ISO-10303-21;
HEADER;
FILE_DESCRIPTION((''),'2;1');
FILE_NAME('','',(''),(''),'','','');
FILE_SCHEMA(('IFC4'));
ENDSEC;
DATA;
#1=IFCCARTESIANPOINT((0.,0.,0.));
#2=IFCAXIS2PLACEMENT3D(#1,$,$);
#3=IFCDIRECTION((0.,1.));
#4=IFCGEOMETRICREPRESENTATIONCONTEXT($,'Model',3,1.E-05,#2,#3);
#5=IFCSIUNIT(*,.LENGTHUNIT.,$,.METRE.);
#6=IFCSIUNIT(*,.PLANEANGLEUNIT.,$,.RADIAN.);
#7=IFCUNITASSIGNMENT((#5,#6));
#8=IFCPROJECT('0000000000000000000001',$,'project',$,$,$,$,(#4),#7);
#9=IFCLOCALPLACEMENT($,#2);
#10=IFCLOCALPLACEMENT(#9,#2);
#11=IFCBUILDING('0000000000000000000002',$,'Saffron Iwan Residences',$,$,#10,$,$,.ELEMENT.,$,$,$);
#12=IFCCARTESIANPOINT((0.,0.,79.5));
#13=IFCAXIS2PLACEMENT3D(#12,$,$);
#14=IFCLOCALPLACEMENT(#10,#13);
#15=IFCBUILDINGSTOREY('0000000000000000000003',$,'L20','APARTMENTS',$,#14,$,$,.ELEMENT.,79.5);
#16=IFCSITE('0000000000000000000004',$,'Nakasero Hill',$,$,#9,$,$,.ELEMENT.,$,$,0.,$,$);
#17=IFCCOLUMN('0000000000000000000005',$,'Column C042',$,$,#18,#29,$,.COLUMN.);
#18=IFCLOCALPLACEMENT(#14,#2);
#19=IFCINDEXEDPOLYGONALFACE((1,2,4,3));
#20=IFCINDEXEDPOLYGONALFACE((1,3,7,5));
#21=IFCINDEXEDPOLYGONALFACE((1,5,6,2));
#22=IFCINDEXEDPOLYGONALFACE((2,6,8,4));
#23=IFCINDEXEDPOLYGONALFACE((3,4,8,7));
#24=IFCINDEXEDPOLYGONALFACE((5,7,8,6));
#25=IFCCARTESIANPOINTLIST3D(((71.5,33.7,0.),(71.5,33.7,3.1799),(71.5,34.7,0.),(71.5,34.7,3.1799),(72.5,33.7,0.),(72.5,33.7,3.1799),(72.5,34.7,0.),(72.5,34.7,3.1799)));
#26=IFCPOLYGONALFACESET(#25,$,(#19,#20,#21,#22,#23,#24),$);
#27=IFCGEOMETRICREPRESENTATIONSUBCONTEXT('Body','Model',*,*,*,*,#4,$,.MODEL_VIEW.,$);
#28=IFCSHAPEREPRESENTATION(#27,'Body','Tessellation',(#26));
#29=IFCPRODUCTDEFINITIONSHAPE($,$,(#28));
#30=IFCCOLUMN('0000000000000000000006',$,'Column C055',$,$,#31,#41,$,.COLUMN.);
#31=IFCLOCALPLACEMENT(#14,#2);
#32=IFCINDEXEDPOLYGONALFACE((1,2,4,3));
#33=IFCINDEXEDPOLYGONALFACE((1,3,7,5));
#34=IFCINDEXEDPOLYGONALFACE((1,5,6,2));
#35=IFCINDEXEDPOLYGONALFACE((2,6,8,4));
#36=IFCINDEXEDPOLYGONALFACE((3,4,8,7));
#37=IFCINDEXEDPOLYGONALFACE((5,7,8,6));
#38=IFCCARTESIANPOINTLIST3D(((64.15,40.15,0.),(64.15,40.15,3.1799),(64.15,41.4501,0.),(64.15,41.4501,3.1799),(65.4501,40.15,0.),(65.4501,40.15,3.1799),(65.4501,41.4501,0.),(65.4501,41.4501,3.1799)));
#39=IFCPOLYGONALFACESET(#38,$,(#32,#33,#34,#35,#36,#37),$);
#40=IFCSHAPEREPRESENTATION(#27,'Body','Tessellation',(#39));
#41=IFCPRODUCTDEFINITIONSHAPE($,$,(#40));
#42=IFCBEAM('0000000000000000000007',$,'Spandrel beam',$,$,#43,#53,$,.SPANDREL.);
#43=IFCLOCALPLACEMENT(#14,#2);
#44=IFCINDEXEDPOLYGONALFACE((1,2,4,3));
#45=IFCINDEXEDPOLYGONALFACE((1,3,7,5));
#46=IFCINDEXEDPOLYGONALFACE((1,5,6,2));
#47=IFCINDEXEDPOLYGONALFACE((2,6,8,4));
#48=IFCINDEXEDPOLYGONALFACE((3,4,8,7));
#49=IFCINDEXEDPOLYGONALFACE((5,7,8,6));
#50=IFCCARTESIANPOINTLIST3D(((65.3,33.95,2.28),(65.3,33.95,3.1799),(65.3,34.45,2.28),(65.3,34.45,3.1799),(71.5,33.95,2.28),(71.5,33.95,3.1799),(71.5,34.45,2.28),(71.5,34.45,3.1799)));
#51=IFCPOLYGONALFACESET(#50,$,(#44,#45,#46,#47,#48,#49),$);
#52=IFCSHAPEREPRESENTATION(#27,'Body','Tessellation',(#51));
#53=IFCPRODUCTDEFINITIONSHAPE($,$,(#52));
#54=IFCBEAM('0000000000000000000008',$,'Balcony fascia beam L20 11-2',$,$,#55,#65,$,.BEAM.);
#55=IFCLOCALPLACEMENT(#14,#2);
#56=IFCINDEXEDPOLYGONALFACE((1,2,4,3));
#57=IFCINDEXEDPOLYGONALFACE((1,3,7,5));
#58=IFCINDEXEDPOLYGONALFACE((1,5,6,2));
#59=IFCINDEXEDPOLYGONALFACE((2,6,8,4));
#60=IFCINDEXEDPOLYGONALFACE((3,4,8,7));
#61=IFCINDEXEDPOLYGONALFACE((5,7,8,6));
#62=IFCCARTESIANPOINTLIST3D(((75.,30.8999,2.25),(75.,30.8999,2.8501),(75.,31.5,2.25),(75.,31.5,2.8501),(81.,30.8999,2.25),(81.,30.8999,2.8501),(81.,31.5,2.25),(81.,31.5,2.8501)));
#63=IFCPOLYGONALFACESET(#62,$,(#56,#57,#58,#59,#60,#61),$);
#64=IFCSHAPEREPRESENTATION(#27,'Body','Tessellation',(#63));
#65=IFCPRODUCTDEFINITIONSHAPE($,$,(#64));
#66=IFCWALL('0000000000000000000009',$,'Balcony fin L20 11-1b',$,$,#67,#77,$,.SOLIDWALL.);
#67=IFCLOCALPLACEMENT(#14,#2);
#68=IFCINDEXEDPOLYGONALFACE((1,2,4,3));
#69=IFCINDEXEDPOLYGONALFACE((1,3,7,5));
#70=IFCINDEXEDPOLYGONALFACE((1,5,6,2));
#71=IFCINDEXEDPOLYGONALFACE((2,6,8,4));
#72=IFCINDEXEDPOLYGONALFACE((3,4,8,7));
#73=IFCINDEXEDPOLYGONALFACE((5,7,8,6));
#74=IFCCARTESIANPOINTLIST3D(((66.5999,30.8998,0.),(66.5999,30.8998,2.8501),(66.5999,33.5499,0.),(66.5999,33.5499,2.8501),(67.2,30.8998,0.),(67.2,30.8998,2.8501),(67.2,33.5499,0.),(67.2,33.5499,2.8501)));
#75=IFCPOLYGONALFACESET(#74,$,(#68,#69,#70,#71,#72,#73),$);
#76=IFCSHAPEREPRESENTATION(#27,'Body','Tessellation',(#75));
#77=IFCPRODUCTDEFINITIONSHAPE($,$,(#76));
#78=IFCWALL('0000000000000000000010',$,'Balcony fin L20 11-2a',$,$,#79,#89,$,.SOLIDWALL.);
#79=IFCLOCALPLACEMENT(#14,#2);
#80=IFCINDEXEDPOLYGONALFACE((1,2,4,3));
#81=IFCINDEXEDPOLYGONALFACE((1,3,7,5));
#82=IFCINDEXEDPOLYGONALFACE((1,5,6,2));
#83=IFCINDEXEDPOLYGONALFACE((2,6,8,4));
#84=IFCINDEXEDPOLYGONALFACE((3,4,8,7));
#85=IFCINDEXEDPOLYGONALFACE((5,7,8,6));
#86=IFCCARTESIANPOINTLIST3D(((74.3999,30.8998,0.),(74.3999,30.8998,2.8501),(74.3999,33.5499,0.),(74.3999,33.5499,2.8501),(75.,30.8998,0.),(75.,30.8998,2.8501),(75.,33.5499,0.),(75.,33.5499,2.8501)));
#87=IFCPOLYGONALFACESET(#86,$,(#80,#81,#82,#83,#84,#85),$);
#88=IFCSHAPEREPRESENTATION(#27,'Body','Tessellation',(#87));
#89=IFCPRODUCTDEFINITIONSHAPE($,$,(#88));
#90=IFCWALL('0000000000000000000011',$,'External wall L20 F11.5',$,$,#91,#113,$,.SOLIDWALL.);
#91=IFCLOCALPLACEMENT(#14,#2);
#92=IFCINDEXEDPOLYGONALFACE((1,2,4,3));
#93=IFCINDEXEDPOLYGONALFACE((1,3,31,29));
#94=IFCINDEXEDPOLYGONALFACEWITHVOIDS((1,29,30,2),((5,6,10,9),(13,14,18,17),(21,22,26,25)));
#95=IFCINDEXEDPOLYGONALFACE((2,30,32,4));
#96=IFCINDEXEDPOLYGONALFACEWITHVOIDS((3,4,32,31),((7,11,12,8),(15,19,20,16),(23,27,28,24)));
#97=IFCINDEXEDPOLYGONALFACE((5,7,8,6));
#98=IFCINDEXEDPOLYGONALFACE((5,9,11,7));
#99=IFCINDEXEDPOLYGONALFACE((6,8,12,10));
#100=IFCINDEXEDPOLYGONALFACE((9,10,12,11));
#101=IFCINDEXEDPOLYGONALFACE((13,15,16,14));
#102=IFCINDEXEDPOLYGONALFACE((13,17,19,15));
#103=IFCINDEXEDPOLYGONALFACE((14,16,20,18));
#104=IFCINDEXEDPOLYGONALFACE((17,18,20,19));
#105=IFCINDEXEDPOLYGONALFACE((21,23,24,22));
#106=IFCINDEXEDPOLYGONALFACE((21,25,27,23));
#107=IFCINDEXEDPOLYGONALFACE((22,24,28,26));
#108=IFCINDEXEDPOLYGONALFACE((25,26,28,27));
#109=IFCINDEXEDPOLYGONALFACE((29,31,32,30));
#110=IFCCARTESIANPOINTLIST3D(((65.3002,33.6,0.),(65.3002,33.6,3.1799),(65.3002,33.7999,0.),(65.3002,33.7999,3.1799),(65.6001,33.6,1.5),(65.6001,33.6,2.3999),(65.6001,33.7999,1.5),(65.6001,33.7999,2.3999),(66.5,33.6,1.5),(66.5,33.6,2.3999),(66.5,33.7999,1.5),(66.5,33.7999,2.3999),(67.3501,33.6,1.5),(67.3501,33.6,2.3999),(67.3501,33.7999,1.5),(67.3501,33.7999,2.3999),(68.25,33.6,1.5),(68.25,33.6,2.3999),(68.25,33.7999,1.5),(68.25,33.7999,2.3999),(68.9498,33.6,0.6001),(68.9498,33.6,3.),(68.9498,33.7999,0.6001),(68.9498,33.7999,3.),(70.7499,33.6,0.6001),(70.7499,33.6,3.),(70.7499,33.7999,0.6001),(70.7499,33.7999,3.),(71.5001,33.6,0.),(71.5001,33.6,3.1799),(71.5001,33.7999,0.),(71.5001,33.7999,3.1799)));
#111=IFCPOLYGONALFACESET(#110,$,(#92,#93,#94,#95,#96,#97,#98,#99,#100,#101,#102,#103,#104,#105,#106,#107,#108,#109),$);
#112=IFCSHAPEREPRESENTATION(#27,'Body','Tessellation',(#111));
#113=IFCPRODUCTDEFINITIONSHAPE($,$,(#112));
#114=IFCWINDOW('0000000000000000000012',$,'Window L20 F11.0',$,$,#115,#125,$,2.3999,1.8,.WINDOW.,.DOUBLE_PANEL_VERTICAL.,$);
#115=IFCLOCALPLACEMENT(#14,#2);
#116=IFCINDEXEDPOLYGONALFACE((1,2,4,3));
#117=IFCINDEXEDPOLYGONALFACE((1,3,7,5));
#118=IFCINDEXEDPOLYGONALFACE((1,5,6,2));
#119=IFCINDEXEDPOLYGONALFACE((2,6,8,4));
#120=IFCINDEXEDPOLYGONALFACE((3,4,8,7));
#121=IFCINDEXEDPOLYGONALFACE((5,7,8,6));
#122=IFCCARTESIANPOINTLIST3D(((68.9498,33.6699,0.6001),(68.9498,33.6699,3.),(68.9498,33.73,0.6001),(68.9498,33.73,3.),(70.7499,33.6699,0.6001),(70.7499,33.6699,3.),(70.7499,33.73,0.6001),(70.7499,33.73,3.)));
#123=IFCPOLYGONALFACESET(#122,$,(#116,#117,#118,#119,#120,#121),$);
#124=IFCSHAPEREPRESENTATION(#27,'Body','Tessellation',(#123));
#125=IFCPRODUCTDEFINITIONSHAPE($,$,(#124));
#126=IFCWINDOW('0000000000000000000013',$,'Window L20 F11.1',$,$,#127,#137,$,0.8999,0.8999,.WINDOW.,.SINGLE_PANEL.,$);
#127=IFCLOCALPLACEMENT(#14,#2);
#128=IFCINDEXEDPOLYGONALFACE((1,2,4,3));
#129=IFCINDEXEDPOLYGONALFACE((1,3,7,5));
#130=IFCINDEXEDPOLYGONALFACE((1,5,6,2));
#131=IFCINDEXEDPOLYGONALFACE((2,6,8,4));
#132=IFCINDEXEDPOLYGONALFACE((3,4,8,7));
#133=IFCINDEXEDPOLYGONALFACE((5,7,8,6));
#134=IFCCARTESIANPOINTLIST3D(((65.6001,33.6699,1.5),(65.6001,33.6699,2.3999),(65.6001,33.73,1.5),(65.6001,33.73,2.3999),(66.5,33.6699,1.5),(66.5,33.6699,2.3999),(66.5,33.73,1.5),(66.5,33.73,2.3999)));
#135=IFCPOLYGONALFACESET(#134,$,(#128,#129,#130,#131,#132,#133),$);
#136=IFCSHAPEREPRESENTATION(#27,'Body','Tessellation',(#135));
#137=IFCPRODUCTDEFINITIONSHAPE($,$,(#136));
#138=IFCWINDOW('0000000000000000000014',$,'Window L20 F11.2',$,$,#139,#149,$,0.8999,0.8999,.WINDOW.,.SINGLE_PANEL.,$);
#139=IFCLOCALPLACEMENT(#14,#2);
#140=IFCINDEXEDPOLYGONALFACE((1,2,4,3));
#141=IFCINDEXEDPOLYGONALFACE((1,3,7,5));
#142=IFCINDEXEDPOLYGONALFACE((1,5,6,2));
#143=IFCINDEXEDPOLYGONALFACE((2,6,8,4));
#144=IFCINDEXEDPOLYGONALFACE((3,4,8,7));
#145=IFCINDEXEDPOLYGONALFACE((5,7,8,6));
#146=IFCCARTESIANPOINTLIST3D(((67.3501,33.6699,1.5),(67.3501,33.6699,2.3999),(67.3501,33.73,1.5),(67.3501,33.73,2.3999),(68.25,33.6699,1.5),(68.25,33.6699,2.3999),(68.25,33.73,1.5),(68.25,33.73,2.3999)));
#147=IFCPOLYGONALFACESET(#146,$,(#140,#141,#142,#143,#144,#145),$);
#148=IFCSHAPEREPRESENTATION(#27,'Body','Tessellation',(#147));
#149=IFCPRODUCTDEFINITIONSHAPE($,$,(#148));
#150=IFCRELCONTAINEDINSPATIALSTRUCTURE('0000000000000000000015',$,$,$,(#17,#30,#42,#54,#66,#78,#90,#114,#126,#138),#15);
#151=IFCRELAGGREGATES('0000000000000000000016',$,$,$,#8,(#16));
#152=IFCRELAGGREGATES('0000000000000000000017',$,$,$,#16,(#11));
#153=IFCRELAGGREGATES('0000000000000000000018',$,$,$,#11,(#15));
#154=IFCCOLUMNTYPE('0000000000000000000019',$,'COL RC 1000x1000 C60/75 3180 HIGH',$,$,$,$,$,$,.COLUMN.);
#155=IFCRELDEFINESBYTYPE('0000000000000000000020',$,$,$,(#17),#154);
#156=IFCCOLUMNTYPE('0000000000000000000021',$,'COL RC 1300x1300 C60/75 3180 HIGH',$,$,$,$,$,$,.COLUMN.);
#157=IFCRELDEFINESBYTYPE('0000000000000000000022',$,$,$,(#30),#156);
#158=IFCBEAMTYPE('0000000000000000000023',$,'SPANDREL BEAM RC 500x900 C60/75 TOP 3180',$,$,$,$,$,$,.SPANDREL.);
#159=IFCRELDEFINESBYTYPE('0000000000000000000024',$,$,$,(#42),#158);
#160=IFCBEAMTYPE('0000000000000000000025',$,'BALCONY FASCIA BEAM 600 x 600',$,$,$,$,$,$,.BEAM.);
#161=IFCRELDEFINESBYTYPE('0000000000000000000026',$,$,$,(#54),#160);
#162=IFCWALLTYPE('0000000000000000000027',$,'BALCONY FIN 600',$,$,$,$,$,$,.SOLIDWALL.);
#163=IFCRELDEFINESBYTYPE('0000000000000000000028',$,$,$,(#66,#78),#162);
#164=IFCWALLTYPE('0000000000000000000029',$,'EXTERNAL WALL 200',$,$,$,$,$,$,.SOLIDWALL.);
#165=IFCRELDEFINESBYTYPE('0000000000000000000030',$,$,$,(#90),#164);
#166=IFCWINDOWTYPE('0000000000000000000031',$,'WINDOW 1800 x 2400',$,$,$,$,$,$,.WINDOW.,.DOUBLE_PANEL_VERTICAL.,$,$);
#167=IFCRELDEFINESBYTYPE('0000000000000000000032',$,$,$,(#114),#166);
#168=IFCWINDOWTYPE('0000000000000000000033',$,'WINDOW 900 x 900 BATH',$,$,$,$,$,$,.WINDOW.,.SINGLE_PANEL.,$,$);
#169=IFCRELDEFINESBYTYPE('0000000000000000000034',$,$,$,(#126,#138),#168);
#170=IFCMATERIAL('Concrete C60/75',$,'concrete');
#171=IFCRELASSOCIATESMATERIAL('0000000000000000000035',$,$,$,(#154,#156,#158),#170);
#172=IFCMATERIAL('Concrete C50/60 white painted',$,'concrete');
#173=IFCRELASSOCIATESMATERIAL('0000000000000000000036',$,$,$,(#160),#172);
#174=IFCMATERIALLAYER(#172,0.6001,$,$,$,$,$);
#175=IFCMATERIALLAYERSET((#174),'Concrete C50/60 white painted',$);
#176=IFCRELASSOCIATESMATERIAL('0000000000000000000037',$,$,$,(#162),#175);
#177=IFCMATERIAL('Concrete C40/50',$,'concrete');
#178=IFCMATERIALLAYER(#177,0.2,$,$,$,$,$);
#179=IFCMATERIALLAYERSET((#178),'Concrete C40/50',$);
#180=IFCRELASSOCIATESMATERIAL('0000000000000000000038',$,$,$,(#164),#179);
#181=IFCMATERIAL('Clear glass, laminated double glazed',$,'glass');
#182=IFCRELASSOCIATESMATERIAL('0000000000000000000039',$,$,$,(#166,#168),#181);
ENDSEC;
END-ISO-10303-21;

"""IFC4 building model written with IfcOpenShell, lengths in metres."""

from ifc_helpers import new_model, si_unit, direction, frame, frame_2d, origin, origin_2d, place, context, subcontext, project, spatial, rectangle, extrude, source, transform, mapped, material, layer, layer_set, material_profile, profile_set, type_object, element, fill, save


model = new_model("IFC4")

# Units and contexts
model_context = context("Model", 3, precision=1e-05, world=origin(), true_north=direction((0.0, 1.0)))
body_context = subcontext(model_context, "Body", "Model", "MODEL_VIEW")
ifc_project = project(units=[si_unit("LENGTHUNIT", "METRE"), si_unit("PLANEANGLEUNIT", "RADIAN")], contexts=[model_context])

# Site, building, storey
site_placement = place(None, origin())
site = spatial("IfcSite", under=ifc_project, at=site_placement, Name="Nakasero Hill", CompositionType="ELEMENT", RefElevation=0.0)
building_placement = place(site_placement, origin())
building = spatial("IfcBuilding", under=site, at=building_placement, Name="Saffron Iwan Residences", CompositionType="ELEMENT")
storey_placement = place(building_placement, frame((0.0, 0.0, 79.5)))
storey = spatial("IfcBuildingStorey", under=building, at=storey_placement, Name="L20", Description="APARTMENTS", CompositionType="ELEMENT", Elevation=79.5)

# Columns
ifc_material_1 = material(Name="Concrete C60/75", Category="concrete")
ifc_material_profile_1 = material_profile(ifc_material_1, rectangle(XDim=1.0, YDim=1.0, at=origin_2d()), Name="RC 1000x1000")
ifc_profile_set_1 = profile_set([ifc_material_profile_1], Name="Concrete C60/75")
column_type_1 = type_object("IfcColumnType", Name="COL RC 1000x1000 C60/75 3180 HIGH", PredefinedType="COLUMN", material=ifc_profile_set_1)
shared_shape_1 = source(origin(), body_context, "Body", "SweptSolid", [
    extrude(rectangle(XDim=1.0, YDim=1.0, at=origin_2d()), origin(), (0.0, 0.0, 1.0), 3.1799),
])
column_1_placement = place(storey_placement, frame((72.0, 34.2, 0.0), z_axis=(0.0, 0.0, 1.0), x_axis=(1.0, 0.0, 0.0)))
element("IfcColumn", 1, at=column_1_placement, inside=storey, type_object=column_type_1, Name="Column C042", PredefinedType="COLUMN", context=body_context, shape_type="MappedRepresentation", body=[
    mapped(shared_shape_1, transform((0.0, 0.0, 0.0))),
])
ifc_material_profile_2 = material_profile(ifc_material_1, rectangle(XDim=1.3, YDim=1.3, at=origin_2d()), Name="RC 1300x1300")
ifc_profile_set_2 = profile_set([ifc_material_profile_2], Name="Concrete C60/75")
column_type_2 = type_object("IfcColumnType", Name="COL RC 1300x1300 C60/75 3180 HIGH", PredefinedType="COLUMN", material=ifc_profile_set_2)
shared_shape_2 = source(origin(), body_context, "Body", "SweptSolid", [
    extrude(rectangle(XDim=1.3, YDim=1.3, at=origin_2d()), origin(), (0.0, 0.0, 1.0), 3.1799),
])
column_2_placement = place(storey_placement, frame((64.8, 40.8, 0.0), z_axis=(0.0, 0.0, 1.0), x_axis=(1.0, 0.0, 0.0)))
element("IfcColumn", 2, at=column_2_placement, inside=storey, type_object=column_type_2, Name="Column C055", PredefinedType="COLUMN", context=body_context, shape_type="MappedRepresentation", body=[
    mapped(shared_shape_2, transform((0.0, 0.0, 0.0))),
])

# Beams
ifc_material_profile_3 = material_profile(ifc_material_1, rectangle(XDim=0.5, YDim=0.8999, at=origin_2d()), Name="RC 500x900")
ifc_profile_set_3 = profile_set([ifc_material_profile_3], Name="Concrete C60/75")
beam_type_1 = type_object("IfcBeamType", Name="SPANDREL BEAM RC 500x900 C60/75 TOP 3180", PredefinedType="SPANDREL", material=ifc_profile_set_3)
shared_shape_3 = source(origin(), body_context, "Body", "SweptSolid", [
    extrude(rectangle(XDim=0.5, YDim=0.8999, at=origin_2d()), origin(), (0.0, 0.0, 1.0), 6.2),
])
beam_1_placement = place(storey_placement, frame((71.5, 34.2, 2.73), z_axis=(-1.0, 0.0, 0.0), x_axis=(0.0, -1.0, 0.0)))
element("IfcBeam", 3, at=beam_1_placement, inside=storey, type_object=beam_type_1, Name="Spandrel beam", PredefinedType="SPANDREL", context=body_context, shape_type="MappedRepresentation", body=[
    mapped(shared_shape_3, transform((0.0, 0.0, 0.0))),
])
ifc_material_2 = material(Name="Concrete C50/60 white painted", Category="concrete")
ifc_material_profile_4 = material_profile(ifc_material_2, rectangle(XDim=0.6001, YDim=0.6001, at=origin_2d()), Name="BALCONY FASCIA BEAM 600 x 600")
ifc_profile_set_4 = profile_set([ifc_material_profile_4], Name="Concrete C50/60 white painted")
beam_type_2 = type_object("IfcBeamType", Name="BALCONY FASCIA BEAM 600 x 600", PredefinedType="BEAM", material=ifc_profile_set_4)
shared_shape_4 = source(origin(), body_context, "Body", "SweptSolid", [
    extrude(rectangle(XDim=0.6001, YDim=0.6001, at=origin_2d()), origin(), (0.0, 0.0, 1.0), 6.0),
])
beam_2_placement = place(storey_placement, frame((75.0, 31.2, 2.55), z_axis=(1.0, 0.0, 0.0), x_axis=(0.0, 1.0, 0.0)))
element("IfcBeam", 4, at=beam_2_placement, inside=storey, type_object=beam_type_2, Name="Balcony fascia beam L20 11-2", PredefinedType="BEAM", context=body_context, shape_type="MappedRepresentation", body=[
    mapped(shared_shape_4, transform((0.0, 0.0, 0.0))),
])

# Walls
ifc_layer_1 = layer(ifc_material_2, 0.6001)
ifc_layer_set_1 = layer_set([ifc_layer_1], Name="Concrete C50/60 white painted")
wall_type_1 = type_object("IfcWallType", Name="BALCONY FIN 600", PredefinedType="SOLIDWALL", material=ifc_layer_set_1)
for number, where, z_axis, x_axis, name in (
    (5, (66.8999, 33.55, 0.0), (0.0, 0.0, 1.0), (0.0, -1.0, 0.0), "Balcony fin L20 11-1b"),
    (6, (74.7, 33.55, 0.0), (0.0, 0.0, 1.0), (0.0, -1.0, 0.0), "Balcony fin L20 11-2a"),
):
    element("IfcWall", number, at=place(storey_placement, frame(where, z_axis=z_axis, x_axis=x_axis)), inside=storey, type_object=wall_type_1, Name=name, PredefinedType="SOLIDWALL", context=body_context, shape_type="SweptSolid", body=[
        extrude(rectangle(XDim=2.6501, YDim=0.6001, at=frame_2d((1.3252, 0.0))), origin(), (0.0, 0.0, 1.0), 2.8501),
    ])

# Wall, openings, windows
ifc_material_3 = material(Name="Concrete C40/50", Category="concrete")
ifc_layer_2 = layer(ifc_material_3, 0.2)
ifc_layer_set_2 = layer_set([ifc_layer_2], Name="Concrete C40/50")
wall_type_2 = type_object("IfcWallType", Name="EXTERNAL WALL 200", PredefinedType="SOLIDWALL", material=ifc_layer_set_2)
wall_1_placement = place(storey_placement, frame((65.3, 33.7, 0.0), z_axis=(0.0, 0.0, 1.0), x_axis=(1.0, 0.0, 0.0)))
wall_1 = element("IfcWall", 7, at=wall_1_placement, inside=storey, type_object=wall_type_2, Name="External wall L20 F11.5", PredefinedType="SOLIDWALL", context=body_context, shape_type="SweptSolid", body=[
    extrude(rectangle(XDim=6.2, YDim=0.2, at=frame_2d((3.1001, 0.0))), origin(), (0.0, 0.0, 1.0), 3.1799),
])
opening_1_placement = place(wall_1_placement, frame((3.6499, 0.0, 0.6001)))
opening_1 = element("IfcOpeningElement", 8, at=opening_1_placement, cuts=wall_1, PredefinedType="OPENING", context=body_context, shape_type="SweptSolid", body=[
    extrude(rectangle(XDim=1.8, YDim=2.3999, at=frame_2d((0.8999, 1.2))), frame((0.0, 0.1099, 0.0), z_axis=(0.0, -1.0, 0.0), x_axis=(1.0, 0.0, 0.0)), (0.0, 0.0, 1.0), 0.22),
])
opening_2_placement = place(wall_1_placement, frame((0.3, 0.0, 1.5)))
opening_2 = element("IfcOpeningElement", 9, at=opening_2_placement, cuts=wall_1, PredefinedType="OPENING", context=body_context, shape_type="SweptSolid", body=[
    extrude(rectangle(XDim=0.8999, YDim=0.8999, at=frame_2d((0.45, 0.45))), frame((0.0, 0.1099, 0.0), z_axis=(0.0, -1.0, 0.0), x_axis=(1.0, 0.0, 0.0)), (0.0, 0.0, 1.0), 0.22),
])
opening_3_placement = place(wall_1_placement, frame((2.05, 0.0, 1.5)))
opening_3 = element("IfcOpeningElement", 10, at=opening_3_placement, cuts=wall_1, PredefinedType="OPENING", context=body_context, shape_type="SweptSolid", body=[
    extrude(rectangle(XDim=0.8999, YDim=0.8999, at=frame_2d((0.45, 0.45))), frame((0.0, 0.1099, 0.0), z_axis=(0.0, -1.0, 0.0), x_axis=(1.0, 0.0, 0.0)), (0.0, 0.0, 1.0), 0.22),
])
ifc_material_4 = material(Name="Clear glass, laminated double glazed", Category="glass")
window_type_1 = type_object("IfcWindowType", Name="WINDOW 1800 x 2400", PartitioningType="DOUBLE_PANEL_VERTICAL", PredefinedType="WINDOW", material=ifc_material_4)
window_1_placement = place(opening_1_placement, origin())
window_1 = element("IfcWindow", 11, at=window_1_placement, inside=storey, type_object=window_type_1, Name="Window L20 F11.0", OverallHeight=2.3999, OverallWidth=1.8, PartitioningType="DOUBLE_PANEL_VERTICAL", PredefinedType="WINDOW", context=body_context, shape_type="SweptSolid", body=[
    extrude(rectangle(XDim=1.8, YDim=2.3999, at=frame_2d((0.8999, 1.2))), frame((0.0, 0.03, 0.0), z_axis=(0.0, -1.0, 0.0), x_axis=(1.0, 0.0, 0.0)), (0.0, 0.0, 1.0), 0.0601),
])
fill(opening_1, window_1)
window_type_2 = type_object("IfcWindowType", Name="WINDOW 900 x 900 BATH", PartitioningType="SINGLE_PANEL", PredefinedType="WINDOW", material=ifc_material_4)
window_2_placement = place(opening_2_placement, origin())
window_2 = element("IfcWindow", 12, at=window_2_placement, inside=storey, type_object=window_type_2, Name="Window L20 F11.1", OverallHeight=0.8999, OverallWidth=0.8999, PartitioningType="SINGLE_PANEL", PredefinedType="WINDOW", context=body_context, shape_type="SweptSolid", body=[
    extrude(rectangle(XDim=0.8999, YDim=0.8999, at=frame_2d((0.45, 0.45))), frame((0.0, 0.03, 0.0), z_axis=(0.0, -1.0, 0.0), x_axis=(1.0, 0.0, 0.0)), (0.0, 0.0, 1.0), 0.0601),
])
fill(opening_2, window_2)
window_3_placement = place(opening_3_placement, origin())
window_3 = element("IfcWindow", 13, at=window_3_placement, inside=storey, type_object=window_type_2, Name="Window L20 F11.2", OverallHeight=0.8999, OverallWidth=0.8999, PartitioningType="SINGLE_PANEL", PredefinedType="WINDOW", context=body_context, shape_type="SweptSolid", body=[
    extrude(rectangle(XDim=0.8999, YDim=0.8999, at=frame_2d((0.45, 0.45))), frame((0.0, 0.03, 0.0), z_axis=(0.0, -1.0, 0.0), x_axis=(1.0, 0.0, 0.0)), (0.0, 0.0, 1.0), 0.0601),
])
fill(opening_3, window_3)

save(model, "model.ifc")
